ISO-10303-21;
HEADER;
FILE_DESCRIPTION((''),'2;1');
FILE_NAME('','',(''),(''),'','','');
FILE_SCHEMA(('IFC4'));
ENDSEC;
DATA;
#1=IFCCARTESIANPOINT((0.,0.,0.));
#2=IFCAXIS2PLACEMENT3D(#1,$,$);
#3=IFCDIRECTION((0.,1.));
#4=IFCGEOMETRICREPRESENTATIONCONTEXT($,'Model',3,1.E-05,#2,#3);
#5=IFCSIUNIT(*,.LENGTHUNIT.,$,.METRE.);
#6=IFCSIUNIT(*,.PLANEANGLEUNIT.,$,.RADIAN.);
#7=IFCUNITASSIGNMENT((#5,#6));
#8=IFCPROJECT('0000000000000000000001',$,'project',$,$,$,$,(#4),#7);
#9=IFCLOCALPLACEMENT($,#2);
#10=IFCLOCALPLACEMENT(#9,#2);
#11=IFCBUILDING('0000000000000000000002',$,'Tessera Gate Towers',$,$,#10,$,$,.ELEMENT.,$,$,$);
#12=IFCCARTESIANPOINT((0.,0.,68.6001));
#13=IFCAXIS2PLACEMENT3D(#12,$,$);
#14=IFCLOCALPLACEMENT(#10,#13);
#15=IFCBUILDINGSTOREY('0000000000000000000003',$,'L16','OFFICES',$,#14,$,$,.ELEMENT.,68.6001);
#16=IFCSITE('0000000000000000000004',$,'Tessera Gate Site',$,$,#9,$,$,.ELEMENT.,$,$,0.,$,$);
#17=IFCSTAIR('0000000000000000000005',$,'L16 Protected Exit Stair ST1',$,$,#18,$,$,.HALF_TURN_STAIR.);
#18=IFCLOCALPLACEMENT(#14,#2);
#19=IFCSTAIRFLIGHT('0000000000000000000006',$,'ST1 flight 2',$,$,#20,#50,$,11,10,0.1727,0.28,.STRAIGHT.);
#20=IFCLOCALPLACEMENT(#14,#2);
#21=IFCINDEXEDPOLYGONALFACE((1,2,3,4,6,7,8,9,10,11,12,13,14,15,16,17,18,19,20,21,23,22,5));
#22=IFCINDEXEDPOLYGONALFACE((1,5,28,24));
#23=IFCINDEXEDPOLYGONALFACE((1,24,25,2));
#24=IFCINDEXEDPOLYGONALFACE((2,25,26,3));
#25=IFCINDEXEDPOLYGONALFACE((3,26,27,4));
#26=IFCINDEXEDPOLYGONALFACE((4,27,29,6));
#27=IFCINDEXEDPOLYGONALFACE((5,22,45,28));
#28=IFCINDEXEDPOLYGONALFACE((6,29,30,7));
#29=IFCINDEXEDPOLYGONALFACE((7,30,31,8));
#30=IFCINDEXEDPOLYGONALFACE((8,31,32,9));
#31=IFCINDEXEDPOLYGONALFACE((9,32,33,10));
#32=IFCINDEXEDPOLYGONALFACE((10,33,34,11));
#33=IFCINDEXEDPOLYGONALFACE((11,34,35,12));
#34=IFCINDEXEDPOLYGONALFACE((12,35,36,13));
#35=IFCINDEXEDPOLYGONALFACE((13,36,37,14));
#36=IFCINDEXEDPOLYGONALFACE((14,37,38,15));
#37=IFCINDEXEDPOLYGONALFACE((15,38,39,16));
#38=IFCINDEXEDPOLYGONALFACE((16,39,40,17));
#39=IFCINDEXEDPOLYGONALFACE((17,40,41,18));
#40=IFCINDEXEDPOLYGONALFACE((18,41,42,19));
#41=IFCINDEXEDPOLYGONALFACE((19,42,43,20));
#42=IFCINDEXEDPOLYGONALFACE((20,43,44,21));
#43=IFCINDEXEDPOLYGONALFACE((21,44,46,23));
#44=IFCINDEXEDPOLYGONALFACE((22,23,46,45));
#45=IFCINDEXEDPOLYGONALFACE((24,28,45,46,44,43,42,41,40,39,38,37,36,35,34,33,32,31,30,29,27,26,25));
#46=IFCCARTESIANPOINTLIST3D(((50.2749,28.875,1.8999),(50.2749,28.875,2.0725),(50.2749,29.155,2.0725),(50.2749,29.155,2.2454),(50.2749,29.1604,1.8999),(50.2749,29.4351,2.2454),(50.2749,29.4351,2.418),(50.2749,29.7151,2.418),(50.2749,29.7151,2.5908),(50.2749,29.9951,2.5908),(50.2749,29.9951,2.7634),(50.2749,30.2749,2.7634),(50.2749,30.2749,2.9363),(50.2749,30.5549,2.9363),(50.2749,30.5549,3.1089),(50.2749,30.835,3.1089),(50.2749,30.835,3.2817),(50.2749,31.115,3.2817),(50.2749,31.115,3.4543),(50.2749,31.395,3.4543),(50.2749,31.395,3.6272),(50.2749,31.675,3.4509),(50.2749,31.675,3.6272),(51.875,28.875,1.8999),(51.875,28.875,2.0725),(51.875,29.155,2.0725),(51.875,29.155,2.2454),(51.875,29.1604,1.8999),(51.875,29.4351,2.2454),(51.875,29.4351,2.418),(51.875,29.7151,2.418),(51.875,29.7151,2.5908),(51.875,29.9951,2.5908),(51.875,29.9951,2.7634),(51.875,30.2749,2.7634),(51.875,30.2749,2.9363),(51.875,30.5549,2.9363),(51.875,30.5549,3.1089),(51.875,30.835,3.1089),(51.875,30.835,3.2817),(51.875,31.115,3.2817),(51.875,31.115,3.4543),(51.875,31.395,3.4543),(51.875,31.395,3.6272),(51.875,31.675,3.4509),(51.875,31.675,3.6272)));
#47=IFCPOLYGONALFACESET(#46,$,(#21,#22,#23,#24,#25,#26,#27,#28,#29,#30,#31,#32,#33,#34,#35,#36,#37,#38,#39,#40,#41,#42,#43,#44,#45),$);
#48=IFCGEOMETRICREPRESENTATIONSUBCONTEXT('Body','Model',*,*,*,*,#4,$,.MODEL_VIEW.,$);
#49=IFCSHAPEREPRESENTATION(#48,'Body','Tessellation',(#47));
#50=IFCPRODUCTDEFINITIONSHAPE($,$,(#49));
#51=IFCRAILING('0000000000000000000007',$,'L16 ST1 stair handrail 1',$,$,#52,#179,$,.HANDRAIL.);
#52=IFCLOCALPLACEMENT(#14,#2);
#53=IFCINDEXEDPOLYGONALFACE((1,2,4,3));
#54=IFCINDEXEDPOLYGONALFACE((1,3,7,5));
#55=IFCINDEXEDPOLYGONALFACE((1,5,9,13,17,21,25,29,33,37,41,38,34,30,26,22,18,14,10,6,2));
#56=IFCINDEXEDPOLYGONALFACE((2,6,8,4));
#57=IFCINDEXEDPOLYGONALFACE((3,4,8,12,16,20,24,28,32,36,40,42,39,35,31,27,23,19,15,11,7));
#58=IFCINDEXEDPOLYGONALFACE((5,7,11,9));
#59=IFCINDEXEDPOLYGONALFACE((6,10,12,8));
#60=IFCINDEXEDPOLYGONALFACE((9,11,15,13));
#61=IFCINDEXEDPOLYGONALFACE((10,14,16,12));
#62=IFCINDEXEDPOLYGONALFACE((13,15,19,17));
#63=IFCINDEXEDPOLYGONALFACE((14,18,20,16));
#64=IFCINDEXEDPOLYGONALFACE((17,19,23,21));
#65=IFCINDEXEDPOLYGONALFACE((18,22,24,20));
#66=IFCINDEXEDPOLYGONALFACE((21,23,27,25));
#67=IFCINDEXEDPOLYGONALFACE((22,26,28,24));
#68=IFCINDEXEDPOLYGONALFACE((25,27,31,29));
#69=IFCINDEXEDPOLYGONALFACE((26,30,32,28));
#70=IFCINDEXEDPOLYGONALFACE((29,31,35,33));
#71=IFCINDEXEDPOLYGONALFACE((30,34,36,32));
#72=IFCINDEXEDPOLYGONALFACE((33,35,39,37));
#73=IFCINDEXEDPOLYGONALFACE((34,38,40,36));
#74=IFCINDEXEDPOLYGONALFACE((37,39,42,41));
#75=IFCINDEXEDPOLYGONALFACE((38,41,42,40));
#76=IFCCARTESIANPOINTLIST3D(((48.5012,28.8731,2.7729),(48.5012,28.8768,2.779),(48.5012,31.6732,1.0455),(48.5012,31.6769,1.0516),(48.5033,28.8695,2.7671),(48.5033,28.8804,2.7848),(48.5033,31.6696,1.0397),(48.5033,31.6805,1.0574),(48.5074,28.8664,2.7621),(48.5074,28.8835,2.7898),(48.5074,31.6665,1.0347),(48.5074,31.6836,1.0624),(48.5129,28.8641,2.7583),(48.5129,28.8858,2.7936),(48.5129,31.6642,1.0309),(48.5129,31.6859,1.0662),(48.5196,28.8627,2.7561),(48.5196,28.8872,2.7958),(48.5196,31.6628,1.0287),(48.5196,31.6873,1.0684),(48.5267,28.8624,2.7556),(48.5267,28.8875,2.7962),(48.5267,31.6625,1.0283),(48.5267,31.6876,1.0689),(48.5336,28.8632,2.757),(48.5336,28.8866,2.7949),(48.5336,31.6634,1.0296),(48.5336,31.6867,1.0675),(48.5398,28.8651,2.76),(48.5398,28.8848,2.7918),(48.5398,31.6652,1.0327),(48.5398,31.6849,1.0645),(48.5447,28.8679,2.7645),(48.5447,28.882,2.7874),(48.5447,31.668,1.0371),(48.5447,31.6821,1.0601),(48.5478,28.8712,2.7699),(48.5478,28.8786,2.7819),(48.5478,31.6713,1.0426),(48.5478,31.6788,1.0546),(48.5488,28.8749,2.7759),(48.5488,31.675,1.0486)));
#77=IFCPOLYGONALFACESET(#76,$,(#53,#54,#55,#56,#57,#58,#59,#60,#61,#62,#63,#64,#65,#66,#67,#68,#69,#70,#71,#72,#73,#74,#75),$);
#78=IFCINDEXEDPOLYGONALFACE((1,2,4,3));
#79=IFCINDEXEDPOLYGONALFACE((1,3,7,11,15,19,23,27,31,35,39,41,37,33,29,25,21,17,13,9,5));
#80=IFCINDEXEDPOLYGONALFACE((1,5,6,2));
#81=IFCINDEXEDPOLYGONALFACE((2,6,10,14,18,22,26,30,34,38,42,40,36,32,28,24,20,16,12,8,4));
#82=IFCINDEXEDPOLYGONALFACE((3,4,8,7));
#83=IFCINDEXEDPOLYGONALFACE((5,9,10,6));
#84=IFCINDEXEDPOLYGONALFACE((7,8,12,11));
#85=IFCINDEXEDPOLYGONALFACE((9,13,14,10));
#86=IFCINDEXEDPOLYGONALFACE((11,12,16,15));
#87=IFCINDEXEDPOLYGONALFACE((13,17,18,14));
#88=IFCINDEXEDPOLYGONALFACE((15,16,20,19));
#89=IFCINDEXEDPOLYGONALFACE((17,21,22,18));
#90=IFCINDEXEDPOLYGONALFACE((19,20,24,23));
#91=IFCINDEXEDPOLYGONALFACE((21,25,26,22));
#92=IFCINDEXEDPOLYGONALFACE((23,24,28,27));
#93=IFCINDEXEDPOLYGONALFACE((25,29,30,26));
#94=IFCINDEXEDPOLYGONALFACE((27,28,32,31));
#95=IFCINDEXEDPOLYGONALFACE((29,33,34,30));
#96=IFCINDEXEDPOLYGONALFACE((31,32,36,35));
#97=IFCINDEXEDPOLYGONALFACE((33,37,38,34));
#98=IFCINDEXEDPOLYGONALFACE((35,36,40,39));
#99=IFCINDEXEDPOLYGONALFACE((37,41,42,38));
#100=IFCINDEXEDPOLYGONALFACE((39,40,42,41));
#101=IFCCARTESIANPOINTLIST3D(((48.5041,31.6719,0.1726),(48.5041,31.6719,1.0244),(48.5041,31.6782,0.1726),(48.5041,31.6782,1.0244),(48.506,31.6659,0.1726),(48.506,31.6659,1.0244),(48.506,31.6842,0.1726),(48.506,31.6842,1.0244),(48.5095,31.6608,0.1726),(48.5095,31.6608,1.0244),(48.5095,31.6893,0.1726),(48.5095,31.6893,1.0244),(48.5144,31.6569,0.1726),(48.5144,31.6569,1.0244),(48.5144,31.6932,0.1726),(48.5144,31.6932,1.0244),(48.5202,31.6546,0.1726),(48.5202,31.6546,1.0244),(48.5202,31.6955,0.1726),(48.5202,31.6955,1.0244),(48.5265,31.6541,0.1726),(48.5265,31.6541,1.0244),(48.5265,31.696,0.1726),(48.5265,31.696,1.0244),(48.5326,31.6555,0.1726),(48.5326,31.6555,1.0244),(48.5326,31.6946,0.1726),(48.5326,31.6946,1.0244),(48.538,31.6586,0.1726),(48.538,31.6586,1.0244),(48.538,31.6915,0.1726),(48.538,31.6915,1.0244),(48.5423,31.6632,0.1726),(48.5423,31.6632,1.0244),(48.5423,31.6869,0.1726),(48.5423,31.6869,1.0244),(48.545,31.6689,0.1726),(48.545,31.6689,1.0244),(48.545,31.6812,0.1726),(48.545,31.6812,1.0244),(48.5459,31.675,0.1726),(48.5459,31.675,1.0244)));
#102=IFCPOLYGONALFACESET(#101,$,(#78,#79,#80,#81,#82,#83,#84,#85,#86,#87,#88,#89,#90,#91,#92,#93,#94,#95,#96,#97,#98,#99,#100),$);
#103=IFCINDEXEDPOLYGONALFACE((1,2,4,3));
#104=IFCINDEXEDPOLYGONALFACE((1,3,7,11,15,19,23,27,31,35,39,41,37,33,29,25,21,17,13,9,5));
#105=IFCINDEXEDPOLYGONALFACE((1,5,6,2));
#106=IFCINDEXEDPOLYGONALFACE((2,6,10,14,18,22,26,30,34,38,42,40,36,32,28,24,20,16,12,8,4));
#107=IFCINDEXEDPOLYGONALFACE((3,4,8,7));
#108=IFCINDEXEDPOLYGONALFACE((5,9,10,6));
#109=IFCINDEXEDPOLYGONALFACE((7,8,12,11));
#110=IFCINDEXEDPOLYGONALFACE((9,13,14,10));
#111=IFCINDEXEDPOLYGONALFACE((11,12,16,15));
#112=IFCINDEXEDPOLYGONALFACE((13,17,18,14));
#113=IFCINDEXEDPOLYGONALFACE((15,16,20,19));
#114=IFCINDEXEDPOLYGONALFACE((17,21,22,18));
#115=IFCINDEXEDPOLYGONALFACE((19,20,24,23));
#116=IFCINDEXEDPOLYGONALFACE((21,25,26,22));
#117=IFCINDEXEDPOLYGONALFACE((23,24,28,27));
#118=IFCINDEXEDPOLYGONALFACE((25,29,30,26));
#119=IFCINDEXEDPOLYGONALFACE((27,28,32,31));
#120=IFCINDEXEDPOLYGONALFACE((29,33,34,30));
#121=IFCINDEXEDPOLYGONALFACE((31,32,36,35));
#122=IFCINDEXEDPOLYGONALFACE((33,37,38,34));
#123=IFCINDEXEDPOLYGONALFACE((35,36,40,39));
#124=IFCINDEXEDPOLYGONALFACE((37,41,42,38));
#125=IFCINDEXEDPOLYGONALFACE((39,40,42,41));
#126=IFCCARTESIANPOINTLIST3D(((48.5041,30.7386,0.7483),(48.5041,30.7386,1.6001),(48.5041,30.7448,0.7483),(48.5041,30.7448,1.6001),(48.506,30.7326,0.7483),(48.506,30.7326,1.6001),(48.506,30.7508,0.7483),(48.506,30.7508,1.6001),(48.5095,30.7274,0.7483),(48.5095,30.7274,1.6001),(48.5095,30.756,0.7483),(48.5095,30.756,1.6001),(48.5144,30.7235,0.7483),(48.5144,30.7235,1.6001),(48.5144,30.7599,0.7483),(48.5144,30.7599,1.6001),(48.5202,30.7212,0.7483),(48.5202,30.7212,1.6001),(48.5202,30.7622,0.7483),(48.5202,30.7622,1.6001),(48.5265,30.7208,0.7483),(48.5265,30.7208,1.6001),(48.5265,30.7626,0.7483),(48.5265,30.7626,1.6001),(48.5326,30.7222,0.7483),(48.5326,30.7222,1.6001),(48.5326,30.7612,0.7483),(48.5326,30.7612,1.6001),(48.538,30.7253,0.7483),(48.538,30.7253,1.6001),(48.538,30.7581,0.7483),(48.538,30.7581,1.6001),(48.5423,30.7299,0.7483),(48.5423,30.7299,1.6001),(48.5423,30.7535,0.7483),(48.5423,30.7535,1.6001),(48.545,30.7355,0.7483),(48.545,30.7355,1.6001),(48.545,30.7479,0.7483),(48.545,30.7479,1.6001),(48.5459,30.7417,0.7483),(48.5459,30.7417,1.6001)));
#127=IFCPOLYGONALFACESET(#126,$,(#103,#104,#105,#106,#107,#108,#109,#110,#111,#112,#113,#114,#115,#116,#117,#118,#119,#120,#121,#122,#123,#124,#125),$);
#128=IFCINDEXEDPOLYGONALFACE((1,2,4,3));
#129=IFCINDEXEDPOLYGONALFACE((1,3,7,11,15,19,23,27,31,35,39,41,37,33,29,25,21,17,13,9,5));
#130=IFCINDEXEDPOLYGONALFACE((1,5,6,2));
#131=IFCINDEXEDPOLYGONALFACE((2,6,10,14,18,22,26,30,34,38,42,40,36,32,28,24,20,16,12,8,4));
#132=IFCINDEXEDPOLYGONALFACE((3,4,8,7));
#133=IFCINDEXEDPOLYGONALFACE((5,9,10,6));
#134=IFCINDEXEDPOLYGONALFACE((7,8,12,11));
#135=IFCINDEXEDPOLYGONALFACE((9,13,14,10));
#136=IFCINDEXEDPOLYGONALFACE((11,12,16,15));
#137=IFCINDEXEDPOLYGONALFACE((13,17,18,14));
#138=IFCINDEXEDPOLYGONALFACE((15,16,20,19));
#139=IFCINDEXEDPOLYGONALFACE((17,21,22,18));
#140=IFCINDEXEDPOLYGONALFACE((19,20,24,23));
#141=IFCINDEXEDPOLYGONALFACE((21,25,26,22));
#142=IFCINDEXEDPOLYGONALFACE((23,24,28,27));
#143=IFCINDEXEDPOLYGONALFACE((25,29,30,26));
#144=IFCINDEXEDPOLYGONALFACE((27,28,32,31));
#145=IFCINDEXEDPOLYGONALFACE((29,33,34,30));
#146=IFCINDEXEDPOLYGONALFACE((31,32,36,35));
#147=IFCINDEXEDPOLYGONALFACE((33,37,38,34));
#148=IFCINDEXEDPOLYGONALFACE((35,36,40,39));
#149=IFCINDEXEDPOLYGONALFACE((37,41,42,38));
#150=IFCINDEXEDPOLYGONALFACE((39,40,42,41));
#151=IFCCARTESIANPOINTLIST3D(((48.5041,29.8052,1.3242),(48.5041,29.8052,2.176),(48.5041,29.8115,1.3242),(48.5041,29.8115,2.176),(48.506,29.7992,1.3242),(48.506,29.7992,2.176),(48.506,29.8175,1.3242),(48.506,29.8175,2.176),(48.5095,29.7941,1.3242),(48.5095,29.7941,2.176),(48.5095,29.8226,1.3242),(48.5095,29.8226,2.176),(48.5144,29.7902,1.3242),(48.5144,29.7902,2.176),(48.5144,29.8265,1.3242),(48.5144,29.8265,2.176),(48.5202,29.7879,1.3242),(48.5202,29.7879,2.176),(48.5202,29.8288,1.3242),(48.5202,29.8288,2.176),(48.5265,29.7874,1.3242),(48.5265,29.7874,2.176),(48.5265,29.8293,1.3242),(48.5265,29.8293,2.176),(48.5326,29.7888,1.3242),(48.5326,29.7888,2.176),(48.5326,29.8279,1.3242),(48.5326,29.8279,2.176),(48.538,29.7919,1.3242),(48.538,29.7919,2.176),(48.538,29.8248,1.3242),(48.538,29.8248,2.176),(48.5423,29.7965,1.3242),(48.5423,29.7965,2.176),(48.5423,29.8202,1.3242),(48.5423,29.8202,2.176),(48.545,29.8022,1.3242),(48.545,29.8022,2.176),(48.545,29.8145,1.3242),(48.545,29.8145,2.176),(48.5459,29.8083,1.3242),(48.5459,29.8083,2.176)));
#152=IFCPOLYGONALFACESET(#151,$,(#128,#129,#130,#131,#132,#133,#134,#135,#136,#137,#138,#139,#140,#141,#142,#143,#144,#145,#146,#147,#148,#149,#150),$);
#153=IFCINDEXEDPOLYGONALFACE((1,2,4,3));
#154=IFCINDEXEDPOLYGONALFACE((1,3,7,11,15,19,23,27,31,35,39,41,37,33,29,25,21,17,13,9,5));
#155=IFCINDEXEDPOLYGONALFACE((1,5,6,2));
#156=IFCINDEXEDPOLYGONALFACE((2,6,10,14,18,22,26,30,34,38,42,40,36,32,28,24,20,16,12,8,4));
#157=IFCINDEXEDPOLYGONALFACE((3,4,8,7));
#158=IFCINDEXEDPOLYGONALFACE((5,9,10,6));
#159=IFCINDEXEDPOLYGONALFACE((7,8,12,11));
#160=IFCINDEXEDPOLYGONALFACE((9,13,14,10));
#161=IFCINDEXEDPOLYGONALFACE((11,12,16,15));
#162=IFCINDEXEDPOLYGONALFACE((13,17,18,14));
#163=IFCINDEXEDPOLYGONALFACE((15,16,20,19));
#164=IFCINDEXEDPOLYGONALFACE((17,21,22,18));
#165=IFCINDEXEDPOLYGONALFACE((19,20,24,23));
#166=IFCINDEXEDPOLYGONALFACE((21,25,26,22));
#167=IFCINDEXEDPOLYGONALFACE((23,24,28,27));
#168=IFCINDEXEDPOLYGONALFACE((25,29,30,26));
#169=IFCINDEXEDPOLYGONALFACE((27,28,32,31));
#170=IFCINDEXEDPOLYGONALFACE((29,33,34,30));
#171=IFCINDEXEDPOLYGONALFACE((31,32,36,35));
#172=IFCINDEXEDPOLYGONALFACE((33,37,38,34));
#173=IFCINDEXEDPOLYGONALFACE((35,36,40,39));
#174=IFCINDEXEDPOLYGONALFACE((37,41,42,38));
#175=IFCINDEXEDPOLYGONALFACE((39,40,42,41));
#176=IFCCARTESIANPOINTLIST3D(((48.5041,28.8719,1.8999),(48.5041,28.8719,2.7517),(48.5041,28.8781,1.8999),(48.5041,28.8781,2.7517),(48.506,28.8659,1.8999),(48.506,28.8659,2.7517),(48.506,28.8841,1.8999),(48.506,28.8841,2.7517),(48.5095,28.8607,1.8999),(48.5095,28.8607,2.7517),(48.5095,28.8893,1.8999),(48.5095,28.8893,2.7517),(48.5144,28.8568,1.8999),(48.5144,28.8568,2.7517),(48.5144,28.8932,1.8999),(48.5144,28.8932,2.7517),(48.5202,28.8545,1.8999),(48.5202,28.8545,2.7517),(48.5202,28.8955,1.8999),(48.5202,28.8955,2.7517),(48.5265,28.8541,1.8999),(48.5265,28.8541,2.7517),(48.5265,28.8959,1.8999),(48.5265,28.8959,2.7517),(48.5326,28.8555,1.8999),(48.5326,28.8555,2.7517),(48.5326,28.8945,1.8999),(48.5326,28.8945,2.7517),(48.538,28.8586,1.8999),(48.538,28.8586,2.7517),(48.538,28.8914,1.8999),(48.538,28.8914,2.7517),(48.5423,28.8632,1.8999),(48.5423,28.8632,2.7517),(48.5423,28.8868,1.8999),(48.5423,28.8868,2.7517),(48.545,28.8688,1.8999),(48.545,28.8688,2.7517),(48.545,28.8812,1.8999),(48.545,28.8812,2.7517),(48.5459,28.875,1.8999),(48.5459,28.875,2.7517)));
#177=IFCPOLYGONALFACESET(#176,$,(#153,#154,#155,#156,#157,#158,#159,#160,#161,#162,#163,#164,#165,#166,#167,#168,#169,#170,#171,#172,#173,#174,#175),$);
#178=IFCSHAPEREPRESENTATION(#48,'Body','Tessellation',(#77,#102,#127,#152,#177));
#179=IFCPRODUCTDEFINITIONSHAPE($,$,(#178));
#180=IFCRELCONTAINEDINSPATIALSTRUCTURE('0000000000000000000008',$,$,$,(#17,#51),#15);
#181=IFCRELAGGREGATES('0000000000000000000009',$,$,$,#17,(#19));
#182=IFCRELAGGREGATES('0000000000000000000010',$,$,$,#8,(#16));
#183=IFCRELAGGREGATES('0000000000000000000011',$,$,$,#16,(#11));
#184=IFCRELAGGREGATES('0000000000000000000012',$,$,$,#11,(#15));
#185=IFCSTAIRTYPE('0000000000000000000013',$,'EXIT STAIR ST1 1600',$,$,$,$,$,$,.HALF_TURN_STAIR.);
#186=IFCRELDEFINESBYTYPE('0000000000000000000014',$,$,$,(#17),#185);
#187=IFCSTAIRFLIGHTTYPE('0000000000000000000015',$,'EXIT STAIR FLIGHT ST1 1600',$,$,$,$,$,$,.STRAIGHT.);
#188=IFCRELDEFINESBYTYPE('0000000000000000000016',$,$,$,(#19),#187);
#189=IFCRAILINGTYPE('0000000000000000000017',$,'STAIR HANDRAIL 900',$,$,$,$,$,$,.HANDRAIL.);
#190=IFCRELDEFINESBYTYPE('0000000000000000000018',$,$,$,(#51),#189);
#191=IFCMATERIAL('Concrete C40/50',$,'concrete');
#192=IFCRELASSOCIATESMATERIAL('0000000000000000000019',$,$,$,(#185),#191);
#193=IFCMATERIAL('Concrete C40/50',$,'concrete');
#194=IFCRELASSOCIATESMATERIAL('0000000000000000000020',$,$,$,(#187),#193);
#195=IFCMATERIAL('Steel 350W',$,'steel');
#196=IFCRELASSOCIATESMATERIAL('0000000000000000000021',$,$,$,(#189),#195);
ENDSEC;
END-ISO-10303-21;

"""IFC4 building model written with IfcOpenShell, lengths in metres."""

from ifc_helpers import new_model, si_unit, direction, frame, origin, origin_2d, place, context, subcontext, project, spatial, polyline, circle, outline, extrude, material, type_object, element, aggregate, save


model = new_model("IFC4")

# Units and contexts
model_context = context("Model", 3, precision=1e-05, world=origin(), true_north=direction((0.0, 1.0)))
body_context = subcontext(model_context, "Body", "Model", "MODEL_VIEW")
ifc_project = project(units=[si_unit("LENGTHUNIT", "METRE"), si_unit("PLANEANGLEUNIT", "RADIAN")], contexts=[model_context])

# Site, building, storey
site_placement = place(None, origin())
site = spatial("IfcSite", under=ifc_project, at=site_placement, Name="Tessera Gate Site", CompositionType="ELEMENT", RefElevation=0.0)
building_placement = place(site_placement, origin())
building = spatial("IfcBuilding", under=site, at=building_placement, Name="Tessera Gate Towers", CompositionType="ELEMENT")
storey_placement = place(building_placement, frame((0.0, 0.0, 68.6001)))
storey = spatial("IfcBuildingStorey", under=building, at=storey_placement, Name="L16", Description="OFFICES", CompositionType="ELEMENT", Elevation=68.6001)

# Stair, stair flight
ifc_material_1 = material(Name="Concrete C40/50", Category="concrete")
stair_type = type_object("IfcStairType", Name="EXIT STAIR ST1 1600", PredefinedType="HALF_TURN_STAIR", material=ifc_material_1)
stair_placement = place(storey_placement, origin())
stair = element("IfcStair", 1, at=stair_placement, inside=storey, type_object=stair_type, Name="L16 Protected Exit Stair ST1", PredefinedType="HALF_TURN_STAIR")
ifc_material_2 = material(Name="Concrete C40/50", Category="concrete")
stair_flight_type = type_object("IfcStairFlightType", Name="EXIT STAIR FLIGHT ST1 1600", PredefinedType="STRAIGHT", material=ifc_material_2)
stair_flight_placement = place(storey_placement, frame((51.075, 28.875, 1.8999), z_axis=(0.0, 0.0, 1.0), x_axis=(0.0, 1.0, 0.0)))
stair_flight = element("IfcStairFlight", 2, at=stair_flight_placement, type_object=stair_flight_type, Name="ST1 flight 2", NumberOfRisers=11, NumberOfTreads=10, PredefinedType="STRAIGHT", RiserHeight=0.1727, TreadLength=0.28, context=body_context, shape_type="SweptSolid", body=[
    extrude(outline(polyline([(0.0, 0.0), (0.0, 0.1726), (0.28, 0.1726), (0.28, 0.3455), (0.5601, 0.3455), (0.5601, 0.5181), (0.8401, 0.5181), (0.8401, 0.6909), (1.1201, 0.6909), (1.1201, 0.8635), (1.3999, 0.8635), (1.3999, 1.0364), (1.6799, 1.0364), (1.6799, 1.209), (1.96, 1.209), (1.96, 1.3818), (2.24, 1.3818), (2.24, 1.5544), (2.52, 1.5544), (2.52, 1.7273), (2.8, 1.7273), (2.8, 1.8999), (2.8, 1.551), (0.2854, 0.0), (0.0, 0.0)])), frame((0.0, 0.8, 0.0), z_axis=(0.0, -1.0, 0.0), x_axis=(1.0, 0.0, 0.0)), (0.0, 0.0, 1.0), 1.6001),
])
aggregate(stair, [stair_flight])

# Railing
ifc_material_3 = material(Name="Steel 350W", Category="steel")
railing_type = type_object("IfcRailingType", Name="STAIR HANDRAIL 900", PredefinedType="HANDRAIL", material=ifc_material_3)
railing_1_placement = place(storey_placement, frame((48.5249, 31.675, 0.1726)))
element("IfcRailing", 3, at=railing_1_placement, inside=storey, type_object=railing_type, Name="L16 ST1 stair handrail 1", PredefinedType="HANDRAIL", context=body_context, shape_type="SweptSolid", body=[
    extrude(circle(Radius=0.0239, at=origin_2d()), frame((0.0, 0.0, 0.876), z_axis=(0.0, -0.85109, 0.52502), x_axis=(1.0, 0.0, 0.0)), (0.0, 0.0, 1.0), 3.29),
    extrude(circle(Radius=0.021, at=origin_2d()), origin(), (0.0, 0.0, 1.0), 0.8518),
    extrude(circle(Radius=0.021, at=origin_2d()), frame((0.0, -0.9333, 0.5757)), (0.0, 0.0, 1.0), 0.8518),
    extrude(circle(Radius=0.021, at=origin_2d()), frame((0.0, -1.8667, 1.1516)), (0.0, 0.0, 1.0), 0.8518),
    extrude(circle(Radius=0.021, at=origin_2d()), frame((0.0, -2.8, 1.7273)), (0.0, 0.0, 1.0), 0.8518),
])

save(model, "model.ifc")
